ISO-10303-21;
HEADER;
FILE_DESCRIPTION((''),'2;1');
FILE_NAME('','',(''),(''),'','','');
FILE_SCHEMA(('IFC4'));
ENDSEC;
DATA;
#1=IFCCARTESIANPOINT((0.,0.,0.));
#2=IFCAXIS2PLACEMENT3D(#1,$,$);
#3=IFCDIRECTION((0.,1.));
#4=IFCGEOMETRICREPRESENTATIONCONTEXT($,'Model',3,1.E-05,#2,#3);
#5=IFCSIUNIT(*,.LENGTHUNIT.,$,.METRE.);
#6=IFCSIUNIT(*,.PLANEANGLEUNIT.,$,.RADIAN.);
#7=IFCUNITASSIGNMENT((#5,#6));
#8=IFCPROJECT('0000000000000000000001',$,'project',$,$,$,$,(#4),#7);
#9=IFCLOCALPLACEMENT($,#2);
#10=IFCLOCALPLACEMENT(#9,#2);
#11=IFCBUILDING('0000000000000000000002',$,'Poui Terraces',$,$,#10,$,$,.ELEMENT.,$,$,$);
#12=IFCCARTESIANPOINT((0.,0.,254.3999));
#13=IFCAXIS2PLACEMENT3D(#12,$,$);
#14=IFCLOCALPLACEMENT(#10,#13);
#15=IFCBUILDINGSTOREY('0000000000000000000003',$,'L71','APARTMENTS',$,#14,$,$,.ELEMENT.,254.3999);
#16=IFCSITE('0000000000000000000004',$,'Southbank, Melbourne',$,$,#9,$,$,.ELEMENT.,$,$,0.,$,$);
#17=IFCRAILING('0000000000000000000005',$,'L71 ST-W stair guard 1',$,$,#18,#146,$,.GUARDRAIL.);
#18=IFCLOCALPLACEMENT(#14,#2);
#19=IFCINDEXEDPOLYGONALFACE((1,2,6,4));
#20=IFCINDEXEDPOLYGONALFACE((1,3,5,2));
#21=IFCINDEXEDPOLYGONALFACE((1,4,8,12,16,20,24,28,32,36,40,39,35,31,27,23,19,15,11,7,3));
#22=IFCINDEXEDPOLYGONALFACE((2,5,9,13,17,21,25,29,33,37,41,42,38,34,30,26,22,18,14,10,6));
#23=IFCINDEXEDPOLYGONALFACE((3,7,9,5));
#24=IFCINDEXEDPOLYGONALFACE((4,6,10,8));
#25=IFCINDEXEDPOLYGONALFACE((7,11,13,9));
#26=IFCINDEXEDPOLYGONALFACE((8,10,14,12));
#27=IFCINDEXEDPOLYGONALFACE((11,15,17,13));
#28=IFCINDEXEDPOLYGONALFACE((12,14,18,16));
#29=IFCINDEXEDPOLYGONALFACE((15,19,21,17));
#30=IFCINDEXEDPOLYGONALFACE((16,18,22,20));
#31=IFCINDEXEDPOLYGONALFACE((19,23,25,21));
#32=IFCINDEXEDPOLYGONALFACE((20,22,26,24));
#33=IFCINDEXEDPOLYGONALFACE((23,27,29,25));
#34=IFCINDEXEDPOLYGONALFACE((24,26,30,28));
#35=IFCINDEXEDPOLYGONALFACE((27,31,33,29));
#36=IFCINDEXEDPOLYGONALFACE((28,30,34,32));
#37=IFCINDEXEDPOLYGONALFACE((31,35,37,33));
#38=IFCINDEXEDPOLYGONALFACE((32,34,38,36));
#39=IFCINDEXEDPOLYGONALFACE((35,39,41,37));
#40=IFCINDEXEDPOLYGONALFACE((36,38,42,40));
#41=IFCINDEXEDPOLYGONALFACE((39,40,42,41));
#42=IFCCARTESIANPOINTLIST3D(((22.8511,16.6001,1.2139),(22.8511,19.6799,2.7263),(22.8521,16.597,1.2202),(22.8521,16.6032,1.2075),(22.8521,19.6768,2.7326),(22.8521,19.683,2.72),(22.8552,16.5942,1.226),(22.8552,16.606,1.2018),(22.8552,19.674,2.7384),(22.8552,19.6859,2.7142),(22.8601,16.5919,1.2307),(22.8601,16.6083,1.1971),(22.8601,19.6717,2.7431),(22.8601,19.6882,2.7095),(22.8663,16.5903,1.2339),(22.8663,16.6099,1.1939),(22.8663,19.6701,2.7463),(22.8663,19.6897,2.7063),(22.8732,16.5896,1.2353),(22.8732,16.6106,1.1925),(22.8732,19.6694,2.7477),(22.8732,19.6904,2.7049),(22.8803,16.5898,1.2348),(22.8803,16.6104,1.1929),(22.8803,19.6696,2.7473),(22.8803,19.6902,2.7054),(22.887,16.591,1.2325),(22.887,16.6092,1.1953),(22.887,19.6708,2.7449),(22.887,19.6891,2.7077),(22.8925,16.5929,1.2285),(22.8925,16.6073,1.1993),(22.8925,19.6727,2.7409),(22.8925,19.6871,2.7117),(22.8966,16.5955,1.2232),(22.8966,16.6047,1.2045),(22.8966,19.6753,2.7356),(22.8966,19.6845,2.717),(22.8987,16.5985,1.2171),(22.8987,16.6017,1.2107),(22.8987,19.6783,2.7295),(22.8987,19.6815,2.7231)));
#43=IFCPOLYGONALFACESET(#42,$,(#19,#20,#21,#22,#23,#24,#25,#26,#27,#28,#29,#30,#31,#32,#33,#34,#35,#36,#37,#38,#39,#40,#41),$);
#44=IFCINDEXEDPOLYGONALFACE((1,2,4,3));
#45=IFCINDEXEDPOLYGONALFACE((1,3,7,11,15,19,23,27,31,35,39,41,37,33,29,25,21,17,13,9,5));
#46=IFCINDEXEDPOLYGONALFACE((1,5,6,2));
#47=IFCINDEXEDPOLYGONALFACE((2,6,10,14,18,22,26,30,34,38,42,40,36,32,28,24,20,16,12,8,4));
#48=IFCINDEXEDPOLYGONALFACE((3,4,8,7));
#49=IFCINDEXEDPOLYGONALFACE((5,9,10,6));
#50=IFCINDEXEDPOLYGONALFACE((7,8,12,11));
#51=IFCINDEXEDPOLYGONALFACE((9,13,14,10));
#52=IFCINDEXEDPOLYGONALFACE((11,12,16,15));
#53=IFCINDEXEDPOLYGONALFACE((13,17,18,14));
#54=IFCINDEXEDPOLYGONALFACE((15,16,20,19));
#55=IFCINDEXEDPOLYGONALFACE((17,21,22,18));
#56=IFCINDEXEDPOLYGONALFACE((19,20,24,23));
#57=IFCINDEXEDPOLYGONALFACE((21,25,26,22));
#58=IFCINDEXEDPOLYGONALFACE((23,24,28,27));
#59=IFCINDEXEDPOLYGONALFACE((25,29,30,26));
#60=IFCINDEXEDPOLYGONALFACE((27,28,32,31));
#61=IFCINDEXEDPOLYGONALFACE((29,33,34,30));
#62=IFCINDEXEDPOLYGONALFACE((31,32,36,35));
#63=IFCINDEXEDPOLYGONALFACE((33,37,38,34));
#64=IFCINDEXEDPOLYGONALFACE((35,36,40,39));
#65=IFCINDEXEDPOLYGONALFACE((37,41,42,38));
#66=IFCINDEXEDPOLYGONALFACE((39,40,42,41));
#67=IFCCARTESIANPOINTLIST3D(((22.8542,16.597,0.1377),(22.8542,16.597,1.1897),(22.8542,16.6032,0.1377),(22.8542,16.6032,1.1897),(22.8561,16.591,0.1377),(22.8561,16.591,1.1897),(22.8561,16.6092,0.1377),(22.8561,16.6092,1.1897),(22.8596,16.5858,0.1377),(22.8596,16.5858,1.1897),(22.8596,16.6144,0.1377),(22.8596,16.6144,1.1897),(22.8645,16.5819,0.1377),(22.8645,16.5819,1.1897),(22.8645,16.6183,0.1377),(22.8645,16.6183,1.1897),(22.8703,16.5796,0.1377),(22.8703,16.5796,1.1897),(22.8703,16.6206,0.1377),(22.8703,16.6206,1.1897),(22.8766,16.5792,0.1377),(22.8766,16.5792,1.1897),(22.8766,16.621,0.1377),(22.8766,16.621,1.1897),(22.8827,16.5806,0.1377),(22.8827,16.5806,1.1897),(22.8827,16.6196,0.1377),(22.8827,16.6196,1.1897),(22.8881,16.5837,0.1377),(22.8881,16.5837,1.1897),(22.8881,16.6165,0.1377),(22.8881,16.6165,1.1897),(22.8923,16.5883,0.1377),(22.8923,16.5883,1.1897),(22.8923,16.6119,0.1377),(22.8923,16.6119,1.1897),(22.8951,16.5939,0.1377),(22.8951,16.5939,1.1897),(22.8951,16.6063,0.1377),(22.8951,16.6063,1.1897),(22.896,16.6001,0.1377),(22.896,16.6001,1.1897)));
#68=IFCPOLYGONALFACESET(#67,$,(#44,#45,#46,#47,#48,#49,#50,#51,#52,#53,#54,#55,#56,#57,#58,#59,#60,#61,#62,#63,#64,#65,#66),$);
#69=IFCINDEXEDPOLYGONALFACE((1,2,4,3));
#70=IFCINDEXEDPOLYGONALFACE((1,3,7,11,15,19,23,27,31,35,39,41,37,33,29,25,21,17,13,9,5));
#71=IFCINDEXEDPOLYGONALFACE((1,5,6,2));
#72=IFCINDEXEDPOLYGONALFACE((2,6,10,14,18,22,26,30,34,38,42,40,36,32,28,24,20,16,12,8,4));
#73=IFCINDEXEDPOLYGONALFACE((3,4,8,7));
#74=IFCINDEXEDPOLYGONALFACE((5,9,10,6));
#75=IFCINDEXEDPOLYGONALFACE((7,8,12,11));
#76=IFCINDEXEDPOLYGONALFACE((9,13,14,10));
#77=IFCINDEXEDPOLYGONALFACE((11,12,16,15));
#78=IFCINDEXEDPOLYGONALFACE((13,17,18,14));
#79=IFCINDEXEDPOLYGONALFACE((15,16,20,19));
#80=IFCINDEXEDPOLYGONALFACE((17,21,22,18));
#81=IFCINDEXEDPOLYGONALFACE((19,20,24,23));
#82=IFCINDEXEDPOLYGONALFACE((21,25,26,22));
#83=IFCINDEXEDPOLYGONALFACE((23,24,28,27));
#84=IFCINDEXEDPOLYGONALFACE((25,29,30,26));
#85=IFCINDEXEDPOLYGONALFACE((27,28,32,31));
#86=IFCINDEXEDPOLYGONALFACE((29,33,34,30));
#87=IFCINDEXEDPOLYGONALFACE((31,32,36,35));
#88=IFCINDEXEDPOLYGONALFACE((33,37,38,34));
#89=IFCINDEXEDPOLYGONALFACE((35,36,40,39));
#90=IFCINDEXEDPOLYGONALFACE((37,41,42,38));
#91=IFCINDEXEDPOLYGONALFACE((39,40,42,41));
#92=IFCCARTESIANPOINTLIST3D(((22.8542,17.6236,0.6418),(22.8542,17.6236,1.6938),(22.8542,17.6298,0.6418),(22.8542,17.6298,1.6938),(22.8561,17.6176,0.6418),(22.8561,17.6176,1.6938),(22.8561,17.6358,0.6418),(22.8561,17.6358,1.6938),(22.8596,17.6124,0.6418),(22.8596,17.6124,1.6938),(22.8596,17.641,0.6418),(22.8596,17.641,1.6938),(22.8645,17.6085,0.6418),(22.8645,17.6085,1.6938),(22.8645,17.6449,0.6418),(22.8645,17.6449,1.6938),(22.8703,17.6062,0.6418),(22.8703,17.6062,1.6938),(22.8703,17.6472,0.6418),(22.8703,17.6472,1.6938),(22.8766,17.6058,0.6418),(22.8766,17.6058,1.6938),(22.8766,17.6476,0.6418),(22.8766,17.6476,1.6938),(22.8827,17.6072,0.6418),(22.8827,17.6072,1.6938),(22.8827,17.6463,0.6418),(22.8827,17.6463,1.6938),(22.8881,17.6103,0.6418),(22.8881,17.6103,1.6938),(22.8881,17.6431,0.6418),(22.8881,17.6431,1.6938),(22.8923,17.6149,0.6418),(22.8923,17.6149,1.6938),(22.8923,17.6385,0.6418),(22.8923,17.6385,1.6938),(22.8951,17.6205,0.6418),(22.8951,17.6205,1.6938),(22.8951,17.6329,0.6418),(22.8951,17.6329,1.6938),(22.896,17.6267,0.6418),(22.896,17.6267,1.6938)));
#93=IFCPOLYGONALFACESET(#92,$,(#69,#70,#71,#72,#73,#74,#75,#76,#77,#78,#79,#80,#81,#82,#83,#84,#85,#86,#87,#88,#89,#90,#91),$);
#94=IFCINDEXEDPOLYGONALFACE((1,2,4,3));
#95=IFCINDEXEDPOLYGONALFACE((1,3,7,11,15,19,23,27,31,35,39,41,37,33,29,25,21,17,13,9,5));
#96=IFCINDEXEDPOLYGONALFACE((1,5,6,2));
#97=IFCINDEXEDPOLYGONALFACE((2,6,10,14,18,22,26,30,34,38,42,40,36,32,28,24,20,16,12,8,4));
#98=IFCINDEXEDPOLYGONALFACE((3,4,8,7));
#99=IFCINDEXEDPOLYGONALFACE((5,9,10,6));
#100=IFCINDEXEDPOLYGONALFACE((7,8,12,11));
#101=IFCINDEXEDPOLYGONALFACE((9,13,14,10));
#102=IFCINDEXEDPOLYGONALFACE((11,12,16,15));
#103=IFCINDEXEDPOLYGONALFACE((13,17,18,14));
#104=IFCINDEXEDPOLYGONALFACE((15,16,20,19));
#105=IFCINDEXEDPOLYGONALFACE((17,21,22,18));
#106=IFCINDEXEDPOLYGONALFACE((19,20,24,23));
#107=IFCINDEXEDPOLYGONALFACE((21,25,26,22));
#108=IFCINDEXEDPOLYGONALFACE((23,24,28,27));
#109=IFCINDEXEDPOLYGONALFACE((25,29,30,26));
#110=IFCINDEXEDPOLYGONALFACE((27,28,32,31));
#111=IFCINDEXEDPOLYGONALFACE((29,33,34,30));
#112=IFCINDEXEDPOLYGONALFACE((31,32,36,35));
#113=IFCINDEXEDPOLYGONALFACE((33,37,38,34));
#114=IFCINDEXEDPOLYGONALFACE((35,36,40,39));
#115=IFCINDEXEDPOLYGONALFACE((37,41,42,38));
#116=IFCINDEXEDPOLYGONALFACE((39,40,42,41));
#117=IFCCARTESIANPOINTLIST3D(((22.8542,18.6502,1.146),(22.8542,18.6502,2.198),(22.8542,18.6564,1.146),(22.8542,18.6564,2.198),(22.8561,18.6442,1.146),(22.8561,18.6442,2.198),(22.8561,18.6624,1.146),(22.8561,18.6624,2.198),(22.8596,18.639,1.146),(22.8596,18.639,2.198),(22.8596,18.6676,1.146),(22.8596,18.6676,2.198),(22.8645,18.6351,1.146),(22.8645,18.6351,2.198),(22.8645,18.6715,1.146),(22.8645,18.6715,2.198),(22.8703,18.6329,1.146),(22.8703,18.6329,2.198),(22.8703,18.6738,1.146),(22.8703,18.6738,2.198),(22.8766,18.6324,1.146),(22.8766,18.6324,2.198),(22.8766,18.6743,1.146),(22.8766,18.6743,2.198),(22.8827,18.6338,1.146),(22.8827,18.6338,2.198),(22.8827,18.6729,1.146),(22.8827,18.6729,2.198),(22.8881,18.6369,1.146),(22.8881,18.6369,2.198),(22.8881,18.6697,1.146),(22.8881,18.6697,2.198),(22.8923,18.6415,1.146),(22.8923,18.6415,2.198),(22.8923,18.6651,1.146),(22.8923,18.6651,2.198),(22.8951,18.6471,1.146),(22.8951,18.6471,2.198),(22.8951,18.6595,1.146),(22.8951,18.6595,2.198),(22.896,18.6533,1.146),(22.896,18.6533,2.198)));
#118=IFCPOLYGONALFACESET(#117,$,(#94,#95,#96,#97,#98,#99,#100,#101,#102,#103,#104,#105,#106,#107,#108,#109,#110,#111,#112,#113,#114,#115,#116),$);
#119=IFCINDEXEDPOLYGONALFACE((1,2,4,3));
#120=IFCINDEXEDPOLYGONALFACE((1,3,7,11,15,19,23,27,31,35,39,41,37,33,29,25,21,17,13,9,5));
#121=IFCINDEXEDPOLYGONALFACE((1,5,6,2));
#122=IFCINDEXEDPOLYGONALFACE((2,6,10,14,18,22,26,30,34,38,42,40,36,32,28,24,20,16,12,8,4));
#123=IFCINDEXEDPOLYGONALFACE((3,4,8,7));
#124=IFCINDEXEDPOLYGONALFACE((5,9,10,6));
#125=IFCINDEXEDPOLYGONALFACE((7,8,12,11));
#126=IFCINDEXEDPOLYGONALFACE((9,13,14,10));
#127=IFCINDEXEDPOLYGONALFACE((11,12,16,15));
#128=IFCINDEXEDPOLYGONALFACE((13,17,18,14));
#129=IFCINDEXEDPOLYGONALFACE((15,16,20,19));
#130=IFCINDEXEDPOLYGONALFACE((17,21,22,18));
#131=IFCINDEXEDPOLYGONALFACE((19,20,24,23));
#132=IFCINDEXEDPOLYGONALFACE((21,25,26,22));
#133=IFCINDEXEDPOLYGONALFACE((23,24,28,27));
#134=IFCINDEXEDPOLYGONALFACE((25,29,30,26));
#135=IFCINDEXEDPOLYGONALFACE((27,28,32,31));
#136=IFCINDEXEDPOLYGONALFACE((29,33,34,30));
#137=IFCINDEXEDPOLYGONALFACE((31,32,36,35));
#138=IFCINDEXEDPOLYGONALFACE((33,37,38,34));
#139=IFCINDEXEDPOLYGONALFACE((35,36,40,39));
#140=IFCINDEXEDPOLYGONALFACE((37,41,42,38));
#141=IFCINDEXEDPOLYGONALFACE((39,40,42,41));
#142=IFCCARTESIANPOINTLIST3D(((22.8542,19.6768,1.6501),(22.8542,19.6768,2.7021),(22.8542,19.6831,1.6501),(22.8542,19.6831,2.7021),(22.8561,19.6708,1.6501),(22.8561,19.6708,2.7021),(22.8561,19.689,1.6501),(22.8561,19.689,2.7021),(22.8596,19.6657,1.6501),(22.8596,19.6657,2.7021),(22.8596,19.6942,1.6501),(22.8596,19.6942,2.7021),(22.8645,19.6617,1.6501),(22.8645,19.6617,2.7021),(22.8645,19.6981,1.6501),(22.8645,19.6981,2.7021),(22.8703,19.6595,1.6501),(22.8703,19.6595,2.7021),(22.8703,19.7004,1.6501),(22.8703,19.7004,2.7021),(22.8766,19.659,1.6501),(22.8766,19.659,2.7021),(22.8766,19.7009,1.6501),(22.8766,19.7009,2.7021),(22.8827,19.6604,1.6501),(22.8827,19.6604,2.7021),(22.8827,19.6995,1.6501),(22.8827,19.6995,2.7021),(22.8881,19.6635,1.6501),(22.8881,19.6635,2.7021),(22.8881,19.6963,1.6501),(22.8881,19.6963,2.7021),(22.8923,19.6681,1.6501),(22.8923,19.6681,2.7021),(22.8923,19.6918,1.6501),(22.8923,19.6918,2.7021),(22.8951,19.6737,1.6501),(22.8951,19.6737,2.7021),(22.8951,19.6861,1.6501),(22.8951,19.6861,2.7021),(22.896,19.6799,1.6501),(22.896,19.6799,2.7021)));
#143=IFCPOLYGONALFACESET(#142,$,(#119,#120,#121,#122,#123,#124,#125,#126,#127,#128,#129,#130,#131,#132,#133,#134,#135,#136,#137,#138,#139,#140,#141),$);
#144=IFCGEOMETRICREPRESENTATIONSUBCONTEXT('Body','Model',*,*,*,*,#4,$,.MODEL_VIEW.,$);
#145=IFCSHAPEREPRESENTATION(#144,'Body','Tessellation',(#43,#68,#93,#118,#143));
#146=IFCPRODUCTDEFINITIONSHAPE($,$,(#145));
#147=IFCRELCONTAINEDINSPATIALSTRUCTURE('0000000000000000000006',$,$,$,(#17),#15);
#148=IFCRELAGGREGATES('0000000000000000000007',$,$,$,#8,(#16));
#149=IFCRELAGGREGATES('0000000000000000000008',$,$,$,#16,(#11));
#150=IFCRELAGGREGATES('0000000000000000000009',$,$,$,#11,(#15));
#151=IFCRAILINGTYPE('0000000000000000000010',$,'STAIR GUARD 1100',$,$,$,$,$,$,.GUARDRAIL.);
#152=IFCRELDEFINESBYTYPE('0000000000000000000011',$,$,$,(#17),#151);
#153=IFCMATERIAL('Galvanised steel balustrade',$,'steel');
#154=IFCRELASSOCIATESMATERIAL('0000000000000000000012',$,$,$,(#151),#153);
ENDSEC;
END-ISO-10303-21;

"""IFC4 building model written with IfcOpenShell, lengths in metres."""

from ifc_helpers import new_model, si_unit, direction, frame, origin, origin_2d, place, context, subcontext, project, spatial, circle, extrude, material, type_object, element, save


model = new_model("IFC4")

# Units and contexts
model_context = context("Model", 3, precision=1e-05, world=origin(), true_north=direction((0.0, 1.0)))
body_context = subcontext(model_context, "Body", "Model", "MODEL_VIEW")
ifc_project = project(units=[si_unit("LENGTHUNIT", "METRE"), si_unit("PLANEANGLEUNIT", "RADIAN")], contexts=[model_context])

# Site, building, storey
site_placement = place(None, origin())
site = spatial("IfcSite", under=ifc_project, at=site_placement, Name="Southbank, Melbourne", CompositionType="ELEMENT", RefElevation=0.0)
building_placement = place(site_placement, origin())
building = spatial("IfcBuilding", under=site, at=building_placement, Name="Poui Terraces", CompositionType="ELEMENT")
storey_placement = place(building_placement, frame((0.0, 0.0, 254.3999)))
storey = spatial("IfcBuildingStorey", under=building, at=storey_placement, Name="L71", Description="APARTMENTS", CompositionType="ELEMENT", Elevation=254.3999)

# Railing
ifc_material_1 = material(Name="Galvanised steel balustrade", Category="steel")
railing_type_1 = type_object("IfcRailingType", Name="STAIR GUARD 1100", PredefinedType="GUARDRAIL", material=ifc_material_1)
railing_1_placement = place(storey_placement, frame((22.875, 16.6001, 0.1377)))
element("IfcRailing", 1, at=railing_1_placement, inside=storey, type_object=railing_type_1, Name="L71 ST-W stair guard 1", PredefinedType="GUARDRAIL", context=body_context, shape_type="SweptSolid", body=[
    extrude(circle(Radius=0.0239, at=origin_2d()), frame((0.0, 0.0, 1.0762), z_axis=(0.0, 0.897606, 0.440798), x_axis=(-1.0, 0.0, 0.0)), (0.0, 0.0, 1.0), 3.4312),
    extrude(circle(Radius=0.021, at=origin_2d()), origin(), (0.0, 0.0, 1.0), 1.052),
    extrude(circle(Radius=0.021, at=origin_2d()), frame((0.0, 1.0266, 0.5042)), (0.0, 0.0, 1.0), 1.052),
    extrude(circle(Radius=0.021, at=origin_2d()), frame((0.0, 2.0532, 1.0083)), (0.0, 0.0, 1.0), 1.052),
    extrude(circle(Radius=0.021, at=origin_2d()), frame((0.0, 3.0798, 1.5125)), (0.0, 0.0, 1.0), 1.052),
])

save(model, "model.ifc")
